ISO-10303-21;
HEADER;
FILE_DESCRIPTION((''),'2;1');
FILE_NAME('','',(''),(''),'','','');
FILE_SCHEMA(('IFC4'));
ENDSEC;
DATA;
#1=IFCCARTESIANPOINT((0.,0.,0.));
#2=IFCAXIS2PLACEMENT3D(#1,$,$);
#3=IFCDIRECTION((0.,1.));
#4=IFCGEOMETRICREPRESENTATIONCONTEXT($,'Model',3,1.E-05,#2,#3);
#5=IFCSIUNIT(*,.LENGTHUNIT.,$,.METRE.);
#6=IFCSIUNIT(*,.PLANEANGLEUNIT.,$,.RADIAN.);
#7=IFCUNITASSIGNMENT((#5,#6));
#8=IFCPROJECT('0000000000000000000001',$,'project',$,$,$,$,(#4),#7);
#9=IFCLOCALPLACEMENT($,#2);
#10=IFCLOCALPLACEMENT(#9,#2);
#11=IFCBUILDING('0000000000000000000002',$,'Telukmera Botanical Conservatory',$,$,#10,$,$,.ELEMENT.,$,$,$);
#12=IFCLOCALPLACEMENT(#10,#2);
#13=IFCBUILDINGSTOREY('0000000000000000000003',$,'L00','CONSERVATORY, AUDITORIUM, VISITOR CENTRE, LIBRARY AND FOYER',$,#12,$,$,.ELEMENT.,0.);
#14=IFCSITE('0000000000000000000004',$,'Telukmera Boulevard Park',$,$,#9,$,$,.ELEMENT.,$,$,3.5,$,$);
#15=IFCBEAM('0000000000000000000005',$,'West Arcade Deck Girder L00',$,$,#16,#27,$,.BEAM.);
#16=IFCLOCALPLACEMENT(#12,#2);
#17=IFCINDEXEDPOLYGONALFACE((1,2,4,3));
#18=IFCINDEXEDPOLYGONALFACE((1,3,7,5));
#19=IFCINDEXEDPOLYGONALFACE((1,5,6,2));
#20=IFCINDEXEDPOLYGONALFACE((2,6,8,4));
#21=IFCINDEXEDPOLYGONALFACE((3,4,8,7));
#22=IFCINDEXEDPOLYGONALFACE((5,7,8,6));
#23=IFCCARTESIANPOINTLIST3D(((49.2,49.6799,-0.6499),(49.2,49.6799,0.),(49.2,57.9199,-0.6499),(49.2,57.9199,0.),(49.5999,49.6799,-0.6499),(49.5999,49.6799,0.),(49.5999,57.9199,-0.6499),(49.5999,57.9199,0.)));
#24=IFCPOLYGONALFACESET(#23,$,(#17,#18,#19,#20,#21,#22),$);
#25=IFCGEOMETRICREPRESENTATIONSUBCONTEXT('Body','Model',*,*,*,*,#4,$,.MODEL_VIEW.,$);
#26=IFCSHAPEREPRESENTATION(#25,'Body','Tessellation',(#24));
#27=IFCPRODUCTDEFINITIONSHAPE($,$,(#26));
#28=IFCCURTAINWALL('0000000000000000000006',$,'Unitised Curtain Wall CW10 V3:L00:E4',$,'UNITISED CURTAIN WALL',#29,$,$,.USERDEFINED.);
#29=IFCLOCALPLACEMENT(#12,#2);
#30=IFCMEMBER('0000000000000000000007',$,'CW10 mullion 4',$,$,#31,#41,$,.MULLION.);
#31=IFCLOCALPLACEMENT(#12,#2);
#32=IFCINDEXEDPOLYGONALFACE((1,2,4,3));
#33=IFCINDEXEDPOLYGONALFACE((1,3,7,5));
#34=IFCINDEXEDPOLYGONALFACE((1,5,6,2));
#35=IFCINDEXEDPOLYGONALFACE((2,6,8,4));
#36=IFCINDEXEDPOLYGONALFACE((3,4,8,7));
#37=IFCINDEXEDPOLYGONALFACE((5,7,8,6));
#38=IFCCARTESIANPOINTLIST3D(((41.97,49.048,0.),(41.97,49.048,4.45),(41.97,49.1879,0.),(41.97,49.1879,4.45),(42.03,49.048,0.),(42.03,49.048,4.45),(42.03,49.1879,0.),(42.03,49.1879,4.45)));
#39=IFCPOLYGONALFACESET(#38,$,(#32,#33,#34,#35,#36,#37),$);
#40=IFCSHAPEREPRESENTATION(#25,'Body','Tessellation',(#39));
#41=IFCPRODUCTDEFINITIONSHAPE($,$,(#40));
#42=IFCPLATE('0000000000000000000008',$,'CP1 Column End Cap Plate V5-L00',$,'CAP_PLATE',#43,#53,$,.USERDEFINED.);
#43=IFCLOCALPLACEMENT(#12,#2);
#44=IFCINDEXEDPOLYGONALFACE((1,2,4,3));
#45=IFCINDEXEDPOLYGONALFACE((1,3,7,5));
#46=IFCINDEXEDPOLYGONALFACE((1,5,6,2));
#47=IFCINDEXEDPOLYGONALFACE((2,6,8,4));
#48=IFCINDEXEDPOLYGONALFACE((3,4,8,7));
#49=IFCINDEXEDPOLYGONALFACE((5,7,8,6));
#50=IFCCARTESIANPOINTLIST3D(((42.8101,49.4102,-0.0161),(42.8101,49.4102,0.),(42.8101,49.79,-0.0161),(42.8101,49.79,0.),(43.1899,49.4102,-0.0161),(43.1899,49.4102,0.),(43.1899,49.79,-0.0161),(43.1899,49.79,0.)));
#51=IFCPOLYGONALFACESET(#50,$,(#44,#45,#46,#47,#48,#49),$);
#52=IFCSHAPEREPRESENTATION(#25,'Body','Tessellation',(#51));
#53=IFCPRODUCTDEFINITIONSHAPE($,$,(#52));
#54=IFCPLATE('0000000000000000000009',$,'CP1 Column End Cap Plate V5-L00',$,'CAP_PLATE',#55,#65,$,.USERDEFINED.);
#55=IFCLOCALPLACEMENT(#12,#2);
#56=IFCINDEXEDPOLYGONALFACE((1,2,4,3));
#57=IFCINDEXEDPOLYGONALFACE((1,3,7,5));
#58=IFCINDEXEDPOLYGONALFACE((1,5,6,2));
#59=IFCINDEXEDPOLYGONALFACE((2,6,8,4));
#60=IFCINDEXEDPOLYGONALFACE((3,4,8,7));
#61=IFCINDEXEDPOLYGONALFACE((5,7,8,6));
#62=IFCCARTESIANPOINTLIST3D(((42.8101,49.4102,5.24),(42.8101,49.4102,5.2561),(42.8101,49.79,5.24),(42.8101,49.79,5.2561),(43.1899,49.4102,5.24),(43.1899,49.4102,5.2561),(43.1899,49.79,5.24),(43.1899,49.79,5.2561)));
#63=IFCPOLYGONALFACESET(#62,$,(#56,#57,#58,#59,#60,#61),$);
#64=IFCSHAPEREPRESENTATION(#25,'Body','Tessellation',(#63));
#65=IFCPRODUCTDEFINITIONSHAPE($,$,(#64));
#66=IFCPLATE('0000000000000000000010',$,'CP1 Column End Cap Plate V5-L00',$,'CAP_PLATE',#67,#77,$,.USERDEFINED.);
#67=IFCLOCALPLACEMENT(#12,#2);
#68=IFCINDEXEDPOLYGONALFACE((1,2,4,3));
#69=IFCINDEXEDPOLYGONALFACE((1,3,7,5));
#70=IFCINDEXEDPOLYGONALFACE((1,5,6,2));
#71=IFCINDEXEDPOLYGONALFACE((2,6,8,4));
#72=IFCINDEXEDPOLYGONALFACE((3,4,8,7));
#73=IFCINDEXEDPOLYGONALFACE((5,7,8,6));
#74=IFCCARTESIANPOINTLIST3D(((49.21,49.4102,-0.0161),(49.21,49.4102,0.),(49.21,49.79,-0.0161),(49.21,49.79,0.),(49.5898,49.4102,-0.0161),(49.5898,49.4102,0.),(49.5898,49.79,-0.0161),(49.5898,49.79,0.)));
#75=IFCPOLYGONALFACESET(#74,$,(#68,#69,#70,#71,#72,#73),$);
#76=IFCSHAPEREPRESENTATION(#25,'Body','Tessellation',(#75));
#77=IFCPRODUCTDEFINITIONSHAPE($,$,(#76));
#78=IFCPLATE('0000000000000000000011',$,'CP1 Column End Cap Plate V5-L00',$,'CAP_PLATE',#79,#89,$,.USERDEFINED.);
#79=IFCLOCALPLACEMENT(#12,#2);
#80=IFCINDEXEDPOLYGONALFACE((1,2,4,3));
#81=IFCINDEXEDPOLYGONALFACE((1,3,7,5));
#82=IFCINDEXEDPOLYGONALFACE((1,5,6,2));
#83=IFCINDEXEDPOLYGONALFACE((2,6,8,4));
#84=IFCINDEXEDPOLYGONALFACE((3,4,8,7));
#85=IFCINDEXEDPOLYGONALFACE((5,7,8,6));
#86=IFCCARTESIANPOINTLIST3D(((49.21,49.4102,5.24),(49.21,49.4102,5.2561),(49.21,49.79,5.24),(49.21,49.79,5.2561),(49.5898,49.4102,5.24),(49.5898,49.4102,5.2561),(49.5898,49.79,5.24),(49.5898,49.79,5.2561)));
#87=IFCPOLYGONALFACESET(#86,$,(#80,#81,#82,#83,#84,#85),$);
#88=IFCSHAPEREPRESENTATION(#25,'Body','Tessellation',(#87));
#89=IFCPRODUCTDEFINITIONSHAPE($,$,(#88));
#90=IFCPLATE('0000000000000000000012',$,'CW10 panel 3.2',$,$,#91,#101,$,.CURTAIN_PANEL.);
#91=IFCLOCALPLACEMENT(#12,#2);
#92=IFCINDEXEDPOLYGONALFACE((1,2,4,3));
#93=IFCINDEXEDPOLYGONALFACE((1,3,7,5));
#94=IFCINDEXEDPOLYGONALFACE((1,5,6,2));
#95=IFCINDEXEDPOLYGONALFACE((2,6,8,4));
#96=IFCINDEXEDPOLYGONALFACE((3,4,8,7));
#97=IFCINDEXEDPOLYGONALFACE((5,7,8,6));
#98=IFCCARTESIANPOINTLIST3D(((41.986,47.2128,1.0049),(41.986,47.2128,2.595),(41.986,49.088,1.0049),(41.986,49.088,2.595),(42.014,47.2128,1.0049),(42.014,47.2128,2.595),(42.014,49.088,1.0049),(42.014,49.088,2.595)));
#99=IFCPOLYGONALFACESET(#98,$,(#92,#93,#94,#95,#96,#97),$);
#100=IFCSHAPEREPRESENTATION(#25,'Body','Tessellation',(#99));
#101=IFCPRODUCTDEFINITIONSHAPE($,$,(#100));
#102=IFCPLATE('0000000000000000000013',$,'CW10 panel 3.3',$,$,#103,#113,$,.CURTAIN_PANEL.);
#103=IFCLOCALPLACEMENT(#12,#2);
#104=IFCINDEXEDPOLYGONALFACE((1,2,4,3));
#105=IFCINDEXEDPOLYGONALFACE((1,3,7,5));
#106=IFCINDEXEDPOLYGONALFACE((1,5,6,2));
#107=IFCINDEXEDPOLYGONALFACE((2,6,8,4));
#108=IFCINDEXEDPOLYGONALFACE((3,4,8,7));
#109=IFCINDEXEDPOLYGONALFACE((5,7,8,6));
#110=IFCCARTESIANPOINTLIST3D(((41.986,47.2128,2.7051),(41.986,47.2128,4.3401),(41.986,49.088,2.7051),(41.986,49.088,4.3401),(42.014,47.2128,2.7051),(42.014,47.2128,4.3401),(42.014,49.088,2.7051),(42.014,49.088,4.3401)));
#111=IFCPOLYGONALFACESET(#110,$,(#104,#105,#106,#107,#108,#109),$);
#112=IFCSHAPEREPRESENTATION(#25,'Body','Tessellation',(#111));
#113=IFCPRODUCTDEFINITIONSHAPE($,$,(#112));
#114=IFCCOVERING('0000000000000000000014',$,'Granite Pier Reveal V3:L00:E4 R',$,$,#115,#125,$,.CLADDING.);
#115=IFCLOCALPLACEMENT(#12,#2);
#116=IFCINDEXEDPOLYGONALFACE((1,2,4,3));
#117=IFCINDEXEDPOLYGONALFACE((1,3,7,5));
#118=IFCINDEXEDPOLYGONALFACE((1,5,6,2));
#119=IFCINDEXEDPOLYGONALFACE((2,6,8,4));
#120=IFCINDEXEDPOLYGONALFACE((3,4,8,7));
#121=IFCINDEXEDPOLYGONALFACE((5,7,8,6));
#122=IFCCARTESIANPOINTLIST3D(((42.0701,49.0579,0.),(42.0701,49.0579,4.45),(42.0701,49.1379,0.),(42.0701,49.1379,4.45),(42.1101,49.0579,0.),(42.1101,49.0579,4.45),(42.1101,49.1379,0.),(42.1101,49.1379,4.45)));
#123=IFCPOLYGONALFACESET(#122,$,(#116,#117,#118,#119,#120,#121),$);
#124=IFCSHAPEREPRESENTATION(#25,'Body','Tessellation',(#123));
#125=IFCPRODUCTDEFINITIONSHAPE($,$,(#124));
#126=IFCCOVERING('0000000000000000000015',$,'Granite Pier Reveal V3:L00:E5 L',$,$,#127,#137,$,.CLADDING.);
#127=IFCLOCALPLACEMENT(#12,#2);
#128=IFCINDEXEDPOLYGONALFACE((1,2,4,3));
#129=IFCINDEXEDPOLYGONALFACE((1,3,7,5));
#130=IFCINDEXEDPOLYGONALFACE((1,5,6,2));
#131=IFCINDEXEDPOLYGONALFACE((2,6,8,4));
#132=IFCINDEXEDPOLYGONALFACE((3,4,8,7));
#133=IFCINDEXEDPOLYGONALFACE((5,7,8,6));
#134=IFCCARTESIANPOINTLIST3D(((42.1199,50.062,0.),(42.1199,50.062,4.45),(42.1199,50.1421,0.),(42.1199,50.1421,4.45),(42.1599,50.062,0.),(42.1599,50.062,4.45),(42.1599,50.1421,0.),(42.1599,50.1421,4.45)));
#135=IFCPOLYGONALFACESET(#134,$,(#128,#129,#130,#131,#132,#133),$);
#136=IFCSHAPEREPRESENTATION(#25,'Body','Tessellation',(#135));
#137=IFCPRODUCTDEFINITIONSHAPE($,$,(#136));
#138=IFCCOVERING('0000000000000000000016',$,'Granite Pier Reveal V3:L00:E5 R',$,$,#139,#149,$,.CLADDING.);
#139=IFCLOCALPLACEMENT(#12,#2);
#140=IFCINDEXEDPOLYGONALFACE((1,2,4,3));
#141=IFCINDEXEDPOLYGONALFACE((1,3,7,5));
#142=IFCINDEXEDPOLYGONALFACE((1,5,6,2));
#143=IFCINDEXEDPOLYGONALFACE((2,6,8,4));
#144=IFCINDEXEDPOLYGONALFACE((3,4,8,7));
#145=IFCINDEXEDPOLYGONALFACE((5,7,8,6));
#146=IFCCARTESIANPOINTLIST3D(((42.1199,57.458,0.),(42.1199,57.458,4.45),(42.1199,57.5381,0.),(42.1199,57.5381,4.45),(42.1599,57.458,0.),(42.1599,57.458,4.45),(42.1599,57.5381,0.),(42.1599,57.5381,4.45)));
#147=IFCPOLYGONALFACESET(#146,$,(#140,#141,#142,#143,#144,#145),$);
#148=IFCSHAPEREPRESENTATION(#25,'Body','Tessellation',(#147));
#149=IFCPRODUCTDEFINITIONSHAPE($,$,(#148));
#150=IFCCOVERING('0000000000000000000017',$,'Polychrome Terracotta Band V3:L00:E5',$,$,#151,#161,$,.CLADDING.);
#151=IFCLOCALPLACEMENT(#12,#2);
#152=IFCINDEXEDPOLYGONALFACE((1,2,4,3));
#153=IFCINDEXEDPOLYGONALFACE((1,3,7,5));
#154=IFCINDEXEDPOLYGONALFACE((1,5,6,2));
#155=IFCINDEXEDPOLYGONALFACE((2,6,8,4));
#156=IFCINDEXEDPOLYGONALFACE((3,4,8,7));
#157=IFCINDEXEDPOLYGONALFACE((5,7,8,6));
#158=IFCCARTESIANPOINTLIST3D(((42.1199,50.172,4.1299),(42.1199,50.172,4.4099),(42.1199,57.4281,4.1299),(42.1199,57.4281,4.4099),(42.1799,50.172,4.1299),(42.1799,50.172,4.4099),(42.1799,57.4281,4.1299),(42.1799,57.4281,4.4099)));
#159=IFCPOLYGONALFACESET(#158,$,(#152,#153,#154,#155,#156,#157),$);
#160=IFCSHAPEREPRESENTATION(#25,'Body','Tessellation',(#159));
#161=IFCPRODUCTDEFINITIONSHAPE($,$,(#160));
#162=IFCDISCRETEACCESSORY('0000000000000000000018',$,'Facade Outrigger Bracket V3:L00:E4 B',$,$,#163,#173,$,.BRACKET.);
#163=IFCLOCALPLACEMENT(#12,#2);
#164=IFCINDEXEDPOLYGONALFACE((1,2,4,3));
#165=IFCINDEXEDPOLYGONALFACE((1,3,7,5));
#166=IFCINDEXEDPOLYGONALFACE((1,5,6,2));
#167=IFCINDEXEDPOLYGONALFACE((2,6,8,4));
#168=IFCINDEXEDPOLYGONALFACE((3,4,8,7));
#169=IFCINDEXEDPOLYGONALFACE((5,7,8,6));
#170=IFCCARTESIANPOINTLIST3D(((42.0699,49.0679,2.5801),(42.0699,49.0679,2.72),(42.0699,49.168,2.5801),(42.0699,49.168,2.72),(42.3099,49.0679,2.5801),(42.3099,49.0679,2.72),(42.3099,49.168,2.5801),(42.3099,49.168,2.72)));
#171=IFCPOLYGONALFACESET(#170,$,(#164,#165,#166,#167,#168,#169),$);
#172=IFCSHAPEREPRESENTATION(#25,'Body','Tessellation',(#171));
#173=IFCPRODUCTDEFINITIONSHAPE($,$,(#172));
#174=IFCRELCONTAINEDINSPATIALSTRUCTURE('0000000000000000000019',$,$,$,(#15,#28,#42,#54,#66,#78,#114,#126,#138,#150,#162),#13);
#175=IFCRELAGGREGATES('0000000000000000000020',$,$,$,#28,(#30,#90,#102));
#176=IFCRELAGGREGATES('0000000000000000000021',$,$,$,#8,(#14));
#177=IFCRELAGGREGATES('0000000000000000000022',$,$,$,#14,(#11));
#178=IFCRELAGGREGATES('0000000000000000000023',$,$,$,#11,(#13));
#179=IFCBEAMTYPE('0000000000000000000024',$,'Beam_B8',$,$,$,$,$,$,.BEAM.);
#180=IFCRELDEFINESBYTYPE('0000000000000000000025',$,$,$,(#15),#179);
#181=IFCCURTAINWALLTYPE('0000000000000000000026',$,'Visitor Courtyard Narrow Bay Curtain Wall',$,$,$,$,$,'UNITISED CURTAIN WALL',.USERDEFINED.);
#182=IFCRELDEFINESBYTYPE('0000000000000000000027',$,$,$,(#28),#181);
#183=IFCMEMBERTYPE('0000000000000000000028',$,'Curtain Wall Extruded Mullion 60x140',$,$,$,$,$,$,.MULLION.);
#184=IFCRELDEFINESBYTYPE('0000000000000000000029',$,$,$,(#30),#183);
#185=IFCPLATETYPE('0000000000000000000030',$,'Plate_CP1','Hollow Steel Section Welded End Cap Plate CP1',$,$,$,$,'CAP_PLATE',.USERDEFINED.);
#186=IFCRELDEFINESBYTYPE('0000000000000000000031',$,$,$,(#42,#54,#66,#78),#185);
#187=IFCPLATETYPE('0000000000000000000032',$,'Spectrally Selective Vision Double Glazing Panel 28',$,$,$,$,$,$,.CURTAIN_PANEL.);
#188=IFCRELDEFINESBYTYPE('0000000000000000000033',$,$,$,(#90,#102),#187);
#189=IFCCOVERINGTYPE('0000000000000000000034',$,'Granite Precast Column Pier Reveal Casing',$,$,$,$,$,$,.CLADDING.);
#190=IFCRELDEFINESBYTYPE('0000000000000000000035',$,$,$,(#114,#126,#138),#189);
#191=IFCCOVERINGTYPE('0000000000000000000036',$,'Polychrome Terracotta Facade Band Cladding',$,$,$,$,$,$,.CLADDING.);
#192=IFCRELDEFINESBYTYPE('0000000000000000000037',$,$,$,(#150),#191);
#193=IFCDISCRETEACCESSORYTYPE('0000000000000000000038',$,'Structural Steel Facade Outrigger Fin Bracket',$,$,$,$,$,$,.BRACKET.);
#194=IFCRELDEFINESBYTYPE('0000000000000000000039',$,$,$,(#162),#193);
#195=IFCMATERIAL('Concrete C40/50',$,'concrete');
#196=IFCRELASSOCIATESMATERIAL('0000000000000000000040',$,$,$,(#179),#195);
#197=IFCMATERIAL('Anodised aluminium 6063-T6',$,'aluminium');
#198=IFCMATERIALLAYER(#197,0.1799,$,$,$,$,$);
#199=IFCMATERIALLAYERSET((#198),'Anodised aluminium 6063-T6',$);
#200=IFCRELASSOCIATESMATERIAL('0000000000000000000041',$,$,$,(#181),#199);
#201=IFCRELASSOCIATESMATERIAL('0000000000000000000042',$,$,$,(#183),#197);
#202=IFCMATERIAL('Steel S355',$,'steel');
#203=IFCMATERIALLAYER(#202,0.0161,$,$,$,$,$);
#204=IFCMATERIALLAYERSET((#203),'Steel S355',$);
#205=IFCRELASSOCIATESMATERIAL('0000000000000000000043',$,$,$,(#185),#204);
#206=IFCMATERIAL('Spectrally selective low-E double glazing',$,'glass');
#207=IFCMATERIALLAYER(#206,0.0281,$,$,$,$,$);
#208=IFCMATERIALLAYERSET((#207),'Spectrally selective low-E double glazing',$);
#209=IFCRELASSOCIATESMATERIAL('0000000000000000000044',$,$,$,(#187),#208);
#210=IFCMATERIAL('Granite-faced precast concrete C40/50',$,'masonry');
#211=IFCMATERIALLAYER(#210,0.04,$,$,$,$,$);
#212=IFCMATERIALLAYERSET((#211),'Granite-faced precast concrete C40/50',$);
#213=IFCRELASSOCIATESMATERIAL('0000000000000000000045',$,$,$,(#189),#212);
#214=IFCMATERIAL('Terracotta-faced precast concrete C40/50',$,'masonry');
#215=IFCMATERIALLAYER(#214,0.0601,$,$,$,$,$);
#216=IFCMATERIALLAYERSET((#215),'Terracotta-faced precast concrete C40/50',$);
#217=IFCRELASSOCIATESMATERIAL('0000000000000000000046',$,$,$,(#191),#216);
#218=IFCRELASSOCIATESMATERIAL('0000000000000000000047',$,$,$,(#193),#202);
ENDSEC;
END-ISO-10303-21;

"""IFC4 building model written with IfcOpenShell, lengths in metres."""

from ifc_helpers import new_model, si_unit, direction, frame, origin, origin_2d, place, context, subcontext, project, spatial, rectangle, extrude, material, layer, layer_set, material_profile, profile_set, type_object, element, aggregate, save


model = new_model("IFC4")

# Units and contexts
model_context = context("Model", 3, precision=1e-05, world=origin(), true_north=direction((0.0, 1.0)))
body_context = subcontext(model_context, "Body", "Model", "MODEL_VIEW")
ifc_project = project(units=[si_unit("LENGTHUNIT", "METRE"), si_unit("PLANEANGLEUNIT", "RADIAN")], contexts=[model_context])

# Site, building, storey
site_placement = place(None, origin())
site = spatial("IfcSite", under=ifc_project, at=site_placement, Name="Telukmera Boulevard Park", CompositionType="ELEMENT", RefElevation=3.5)
building_placement = place(site_placement, origin())
building = spatial("IfcBuilding", under=site, at=building_placement, Name="Telukmera Botanical Conservatory", CompositionType="ELEMENT")
storey_placement = place(building_placement, origin())
storey = spatial("IfcBuildingStorey", under=building, at=storey_placement, Name="L00", Description="CONSERVATORY, AUDITORIUM, VISITOR CENTRE, LIBRARY AND FOYER", CompositionType="ELEMENT", Elevation=0.0)

# Shared definitions
ifc_material_1 = material(Name="Concrete C40/50", Category="concrete")
ifc_material_2 = material(Name="Steel S355", Category="steel")

# Beam
ifc_material_profile_1 = material_profile(ifc_material_1, rectangle(XDim=0.3999, YDim=0.6499, at=origin_2d()), Name="RC 400x650")
ifc_profile_set_1 = profile_set([ifc_material_profile_1], Name="Concrete C40/50")
beam_type_1 = type_object("IfcBeamType", Name="Beam_B8", PredefinedType="BEAM", material=ifc_profile_set_1)
for number, where, z_axis, x_axis, name in (
    (1, (49.3999, 49.6799, -0.325), (0.0, 1.0, 0.0), (-1.0, 0.0, 0.0), "West Arcade Deck Girder L00"),
):
    element("IfcBeam", number, at=place(storey_placement, frame(where, z_axis=z_axis, x_axis=x_axis)), inside=storey, type_object=beam_type_1, Name=name, PredefinedType="BEAM", context=body_context, shape_type="SweptSolid", body=[
        extrude(rectangle(XDim=0.3999, YDim=0.6499, at=origin_2d()), origin(), (0.0, 0.0, 1.0), 8.24),
    ])

# Curtain wall, member
ifc_material_3 = material(Name="Anodised aluminium 6063-T6", Category="aluminium")
ifc_layer_1 = layer(ifc_material_3, 0.1799)
ifc_layer_set_1 = layer_set([ifc_layer_1], Name="Anodised aluminium 6063-T6")
curtain_wall_type = type_object("IfcCurtainWallType", Name="Visitor Courtyard Narrow Bay Curtain Wall", ElementType="UNITISED CURTAIN WALL", PredefinedType="USERDEFINED", material=ifc_layer_set_1)
curtain_wall_placement = place(storey_placement, origin())
curtain_wall = element("IfcCurtainWall", 2, at=curtain_wall_placement, inside=storey, type_object=curtain_wall_type, Name="Unitised Curtain Wall CW10 V3:L00:E4", ObjectType="UNITISED CURTAIN WALL", PredefinedType="USERDEFINED")
ifc_material_profile_2 = material_profile(ifc_material_3, rectangle(XDim=0.0601, YDim=0.1399, at=origin_2d()), Name="ALU MULL 60x140")
ifc_profile_set_2 = profile_set([ifc_material_profile_2], Name="Anodised aluminium 6063-T6")
member_type = type_object("IfcMemberType", Name="Curtain Wall Extruded Mullion 60x140", PredefinedType="MULLION", material=ifc_profile_set_2)
member_placement = place(storey_placement, frame((42.0, 49.1179, 0.0), z_axis=(0.0, 0.0, 1.0), x_axis=(-1.0, 0.0, 0.0)))
member = element("IfcMember", 3, at=member_placement, type_object=member_type, Name="CW10 mullion 4", PredefinedType="MULLION", context=body_context, shape_type="SweptSolid", body=[
    extrude(rectangle(XDim=0.0601, YDim=0.1399, at=origin_2d()), origin(), (0.0, 0.0, 1.0), 4.45),
])

# Plates
ifc_layer_2 = layer(ifc_material_2, 0.0161)
ifc_layer_set_2 = layer_set([ifc_layer_2], Name="Steel S355")
plate_type_1 = type_object("IfcPlateType", Name="Plate_CP1", Description="Hollow Steel Section Welded End Cap Plate CP1", ElementType="CAP_PLATE", PredefinedType="USERDEFINED", material=ifc_layer_set_2)
for number, where, z_axis, x_axis, name in (
    (4, (43.0, 49.6001, -0.0161), (0.0, 0.0, 1.0), (1.0, 0.0, 0.0), "CP1 Column End Cap Plate V5-L00"),
    (5, (43.0, 49.6001, 5.24), (0.0, 0.0, 1.0), (1.0, 0.0, 0.0), "CP1 Column End Cap Plate V5-L00"),
    (6, (49.3999, 49.6001, -0.0161), (0.0, 0.0, 1.0), (1.0, 0.0, 0.0), "CP1 Column End Cap Plate V5-L00"),
    (7, (49.3999, 49.6001, 5.24), (0.0, 0.0, 1.0), (1.0, 0.0, 0.0), "CP1 Column End Cap Plate V5-L00"),
):
    element("IfcPlate", number, at=place(storey_placement, frame(where, z_axis=z_axis, x_axis=x_axis)), inside=storey, type_object=plate_type_1, Name=name, ObjectType="CAP_PLATE", PredefinedType="USERDEFINED", context=body_context, shape_type="SweptSolid", body=[
        extrude(rectangle(XDim=0.3799, YDim=0.3799, at=origin_2d()), origin(), (0.0, 0.0, 1.0), 0.0161),
    ])

# Plates
ifc_material_4 = material(Name="Spectrally selective low-E double glazing", Category="glass")
ifc_layer_3 = layer(ifc_material_4, 0.0281)
ifc_layer_set_3 = layer_set([ifc_layer_3], Name="Spectrally selective low-E double glazing")
plate_type_2 = type_object("IfcPlateType", Name="Spectrally Selective Vision Double Glazing Panel 28", PredefinedType="CURTAIN_PANEL", material=ifc_layer_set_3)
plate_1_placement = place(storey_placement, frame((42.0, 48.1504, 1.0049), z_axis=(0.0, 0.0, 1.0), x_axis=(0.0, 1.0, 0.0)))
plate_1 = element("IfcPlate", 8, at=plate_1_placement, type_object=plate_type_2, Name="CW10 panel 3.2", PredefinedType="CURTAIN_PANEL", context=body_context, shape_type="SweptSolid", body=[
    extrude(rectangle(XDim=1.8752, YDim=0.0281, at=origin_2d()), origin(), (0.0, 0.0, 1.0), 1.5901),
])
plate_2_placement = place(storey_placement, frame((42.0, 48.1504, 2.7051), z_axis=(0.0, 0.0, 1.0), x_axis=(0.0, 1.0, 0.0)))
plate_2 = element("IfcPlate", 9, at=plate_2_placement, type_object=plate_type_2, Name="CW10 panel 3.3", PredefinedType="CURTAIN_PANEL", context=body_context, shape_type="SweptSolid", body=[
    extrude(rectangle(XDim=1.8752, YDim=0.0281, at=origin_2d()), origin(), (0.0, 0.0, 1.0), 1.635),
])
aggregate(curtain_wall, [member, plate_1, plate_2])

# Coverings
ifc_material_5 = material(Name="Granite-faced precast concrete C40/50", Category="masonry")
ifc_layer_4 = layer(ifc_material_5, 0.04)
ifc_layer_set_4 = layer_set([ifc_layer_4], Name="Granite-faced precast concrete C40/50")
covering_type_1 = type_object("IfcCoveringType", Name="Granite Precast Column Pier Reveal Casing", PredefinedType="CLADDING", material=ifc_layer_set_4)
for number, where, z_axis, x_axis, name in (
    (10, (42.0901, 49.0979, 0.0), (0.0, 0.0, 1.0), (0.0, 1.0, 0.0), "Granite Pier Reveal V3:L00:E4 R"),
    (11, (42.1399, 50.1021, 0.0), (0.0, 0.0, 1.0), (0.0, 1.0, 0.0), "Granite Pier Reveal V3:L00:E5 L"),
    (12, (42.1399, 57.498, 0.0), (0.0, 0.0, 1.0), (0.0, 1.0, 0.0), "Granite Pier Reveal V3:L00:E5 R"),
):
    element("IfcCovering", number, at=place(storey_placement, frame(where, z_axis=z_axis, x_axis=x_axis)), inside=storey, type_object=covering_type_1, Name=name, PredefinedType="CLADDING", context=body_context, shape_type="SweptSolid", body=[
        extrude(rectangle(XDim=0.0801, YDim=0.04, at=origin_2d()), origin(), (0.0, 0.0, 1.0), 4.45),
    ])
ifc_material_6 = material(Name="Terracotta-faced precast concrete C40/50", Category="masonry")
ifc_layer_5 = layer(ifc_material_6, 0.0601)
ifc_layer_set_5 = layer_set([ifc_layer_5], Name="Terracotta-faced precast concrete C40/50")
covering_type_2 = type_object("IfcCoveringType", Name="Polychrome Terracotta Facade Band Cladding", PredefinedType="CLADDING", material=ifc_layer_set_5)
covering_placement = place(storey_placement, frame((42.1499, 53.8, 4.1299), z_axis=(0.0, 0.0, 1.0), x_axis=(0.0, 1.0, 0.0)))
element("IfcCovering", 13, at=covering_placement, inside=storey, type_object=covering_type_2, Name="Polychrome Terracotta Band V3:L00:E5", PredefinedType="CLADDING", context=body_context, shape_type="SweptSolid", body=[
    extrude(rectangle(XDim=7.2561, YDim=0.0601, at=origin_2d()), origin(), (0.0, 0.0, 1.0), 0.28),
])

# Discrete accessory
discrete_accessory_type = type_object("IfcDiscreteAccessoryType", Name="Structural Steel Facade Outrigger Fin Bracket", PredefinedType="BRACKET", material=ifc_material_2)
discrete_accessory_placement = place(storey_placement, frame((42.1899, 49.1179, 2.5801), z_axis=(0.0, 0.0, 1.0), x_axis=(0.0, 1.0, 0.0)))
element("IfcDiscreteAccessory", 14, at=discrete_accessory_placement, inside=storey, type_object=discrete_accessory_type, Name="Facade Outrigger Bracket V3:L00:E4 B", PredefinedType="BRACKET", context=body_context, shape_type="SweptSolid", body=[
    extrude(rectangle(XDim=0.1001, YDim=0.24, at=origin_2d()), origin(), (0.0, 0.0, 1.0), 0.1399),
])

save(model, "model.ifc")
